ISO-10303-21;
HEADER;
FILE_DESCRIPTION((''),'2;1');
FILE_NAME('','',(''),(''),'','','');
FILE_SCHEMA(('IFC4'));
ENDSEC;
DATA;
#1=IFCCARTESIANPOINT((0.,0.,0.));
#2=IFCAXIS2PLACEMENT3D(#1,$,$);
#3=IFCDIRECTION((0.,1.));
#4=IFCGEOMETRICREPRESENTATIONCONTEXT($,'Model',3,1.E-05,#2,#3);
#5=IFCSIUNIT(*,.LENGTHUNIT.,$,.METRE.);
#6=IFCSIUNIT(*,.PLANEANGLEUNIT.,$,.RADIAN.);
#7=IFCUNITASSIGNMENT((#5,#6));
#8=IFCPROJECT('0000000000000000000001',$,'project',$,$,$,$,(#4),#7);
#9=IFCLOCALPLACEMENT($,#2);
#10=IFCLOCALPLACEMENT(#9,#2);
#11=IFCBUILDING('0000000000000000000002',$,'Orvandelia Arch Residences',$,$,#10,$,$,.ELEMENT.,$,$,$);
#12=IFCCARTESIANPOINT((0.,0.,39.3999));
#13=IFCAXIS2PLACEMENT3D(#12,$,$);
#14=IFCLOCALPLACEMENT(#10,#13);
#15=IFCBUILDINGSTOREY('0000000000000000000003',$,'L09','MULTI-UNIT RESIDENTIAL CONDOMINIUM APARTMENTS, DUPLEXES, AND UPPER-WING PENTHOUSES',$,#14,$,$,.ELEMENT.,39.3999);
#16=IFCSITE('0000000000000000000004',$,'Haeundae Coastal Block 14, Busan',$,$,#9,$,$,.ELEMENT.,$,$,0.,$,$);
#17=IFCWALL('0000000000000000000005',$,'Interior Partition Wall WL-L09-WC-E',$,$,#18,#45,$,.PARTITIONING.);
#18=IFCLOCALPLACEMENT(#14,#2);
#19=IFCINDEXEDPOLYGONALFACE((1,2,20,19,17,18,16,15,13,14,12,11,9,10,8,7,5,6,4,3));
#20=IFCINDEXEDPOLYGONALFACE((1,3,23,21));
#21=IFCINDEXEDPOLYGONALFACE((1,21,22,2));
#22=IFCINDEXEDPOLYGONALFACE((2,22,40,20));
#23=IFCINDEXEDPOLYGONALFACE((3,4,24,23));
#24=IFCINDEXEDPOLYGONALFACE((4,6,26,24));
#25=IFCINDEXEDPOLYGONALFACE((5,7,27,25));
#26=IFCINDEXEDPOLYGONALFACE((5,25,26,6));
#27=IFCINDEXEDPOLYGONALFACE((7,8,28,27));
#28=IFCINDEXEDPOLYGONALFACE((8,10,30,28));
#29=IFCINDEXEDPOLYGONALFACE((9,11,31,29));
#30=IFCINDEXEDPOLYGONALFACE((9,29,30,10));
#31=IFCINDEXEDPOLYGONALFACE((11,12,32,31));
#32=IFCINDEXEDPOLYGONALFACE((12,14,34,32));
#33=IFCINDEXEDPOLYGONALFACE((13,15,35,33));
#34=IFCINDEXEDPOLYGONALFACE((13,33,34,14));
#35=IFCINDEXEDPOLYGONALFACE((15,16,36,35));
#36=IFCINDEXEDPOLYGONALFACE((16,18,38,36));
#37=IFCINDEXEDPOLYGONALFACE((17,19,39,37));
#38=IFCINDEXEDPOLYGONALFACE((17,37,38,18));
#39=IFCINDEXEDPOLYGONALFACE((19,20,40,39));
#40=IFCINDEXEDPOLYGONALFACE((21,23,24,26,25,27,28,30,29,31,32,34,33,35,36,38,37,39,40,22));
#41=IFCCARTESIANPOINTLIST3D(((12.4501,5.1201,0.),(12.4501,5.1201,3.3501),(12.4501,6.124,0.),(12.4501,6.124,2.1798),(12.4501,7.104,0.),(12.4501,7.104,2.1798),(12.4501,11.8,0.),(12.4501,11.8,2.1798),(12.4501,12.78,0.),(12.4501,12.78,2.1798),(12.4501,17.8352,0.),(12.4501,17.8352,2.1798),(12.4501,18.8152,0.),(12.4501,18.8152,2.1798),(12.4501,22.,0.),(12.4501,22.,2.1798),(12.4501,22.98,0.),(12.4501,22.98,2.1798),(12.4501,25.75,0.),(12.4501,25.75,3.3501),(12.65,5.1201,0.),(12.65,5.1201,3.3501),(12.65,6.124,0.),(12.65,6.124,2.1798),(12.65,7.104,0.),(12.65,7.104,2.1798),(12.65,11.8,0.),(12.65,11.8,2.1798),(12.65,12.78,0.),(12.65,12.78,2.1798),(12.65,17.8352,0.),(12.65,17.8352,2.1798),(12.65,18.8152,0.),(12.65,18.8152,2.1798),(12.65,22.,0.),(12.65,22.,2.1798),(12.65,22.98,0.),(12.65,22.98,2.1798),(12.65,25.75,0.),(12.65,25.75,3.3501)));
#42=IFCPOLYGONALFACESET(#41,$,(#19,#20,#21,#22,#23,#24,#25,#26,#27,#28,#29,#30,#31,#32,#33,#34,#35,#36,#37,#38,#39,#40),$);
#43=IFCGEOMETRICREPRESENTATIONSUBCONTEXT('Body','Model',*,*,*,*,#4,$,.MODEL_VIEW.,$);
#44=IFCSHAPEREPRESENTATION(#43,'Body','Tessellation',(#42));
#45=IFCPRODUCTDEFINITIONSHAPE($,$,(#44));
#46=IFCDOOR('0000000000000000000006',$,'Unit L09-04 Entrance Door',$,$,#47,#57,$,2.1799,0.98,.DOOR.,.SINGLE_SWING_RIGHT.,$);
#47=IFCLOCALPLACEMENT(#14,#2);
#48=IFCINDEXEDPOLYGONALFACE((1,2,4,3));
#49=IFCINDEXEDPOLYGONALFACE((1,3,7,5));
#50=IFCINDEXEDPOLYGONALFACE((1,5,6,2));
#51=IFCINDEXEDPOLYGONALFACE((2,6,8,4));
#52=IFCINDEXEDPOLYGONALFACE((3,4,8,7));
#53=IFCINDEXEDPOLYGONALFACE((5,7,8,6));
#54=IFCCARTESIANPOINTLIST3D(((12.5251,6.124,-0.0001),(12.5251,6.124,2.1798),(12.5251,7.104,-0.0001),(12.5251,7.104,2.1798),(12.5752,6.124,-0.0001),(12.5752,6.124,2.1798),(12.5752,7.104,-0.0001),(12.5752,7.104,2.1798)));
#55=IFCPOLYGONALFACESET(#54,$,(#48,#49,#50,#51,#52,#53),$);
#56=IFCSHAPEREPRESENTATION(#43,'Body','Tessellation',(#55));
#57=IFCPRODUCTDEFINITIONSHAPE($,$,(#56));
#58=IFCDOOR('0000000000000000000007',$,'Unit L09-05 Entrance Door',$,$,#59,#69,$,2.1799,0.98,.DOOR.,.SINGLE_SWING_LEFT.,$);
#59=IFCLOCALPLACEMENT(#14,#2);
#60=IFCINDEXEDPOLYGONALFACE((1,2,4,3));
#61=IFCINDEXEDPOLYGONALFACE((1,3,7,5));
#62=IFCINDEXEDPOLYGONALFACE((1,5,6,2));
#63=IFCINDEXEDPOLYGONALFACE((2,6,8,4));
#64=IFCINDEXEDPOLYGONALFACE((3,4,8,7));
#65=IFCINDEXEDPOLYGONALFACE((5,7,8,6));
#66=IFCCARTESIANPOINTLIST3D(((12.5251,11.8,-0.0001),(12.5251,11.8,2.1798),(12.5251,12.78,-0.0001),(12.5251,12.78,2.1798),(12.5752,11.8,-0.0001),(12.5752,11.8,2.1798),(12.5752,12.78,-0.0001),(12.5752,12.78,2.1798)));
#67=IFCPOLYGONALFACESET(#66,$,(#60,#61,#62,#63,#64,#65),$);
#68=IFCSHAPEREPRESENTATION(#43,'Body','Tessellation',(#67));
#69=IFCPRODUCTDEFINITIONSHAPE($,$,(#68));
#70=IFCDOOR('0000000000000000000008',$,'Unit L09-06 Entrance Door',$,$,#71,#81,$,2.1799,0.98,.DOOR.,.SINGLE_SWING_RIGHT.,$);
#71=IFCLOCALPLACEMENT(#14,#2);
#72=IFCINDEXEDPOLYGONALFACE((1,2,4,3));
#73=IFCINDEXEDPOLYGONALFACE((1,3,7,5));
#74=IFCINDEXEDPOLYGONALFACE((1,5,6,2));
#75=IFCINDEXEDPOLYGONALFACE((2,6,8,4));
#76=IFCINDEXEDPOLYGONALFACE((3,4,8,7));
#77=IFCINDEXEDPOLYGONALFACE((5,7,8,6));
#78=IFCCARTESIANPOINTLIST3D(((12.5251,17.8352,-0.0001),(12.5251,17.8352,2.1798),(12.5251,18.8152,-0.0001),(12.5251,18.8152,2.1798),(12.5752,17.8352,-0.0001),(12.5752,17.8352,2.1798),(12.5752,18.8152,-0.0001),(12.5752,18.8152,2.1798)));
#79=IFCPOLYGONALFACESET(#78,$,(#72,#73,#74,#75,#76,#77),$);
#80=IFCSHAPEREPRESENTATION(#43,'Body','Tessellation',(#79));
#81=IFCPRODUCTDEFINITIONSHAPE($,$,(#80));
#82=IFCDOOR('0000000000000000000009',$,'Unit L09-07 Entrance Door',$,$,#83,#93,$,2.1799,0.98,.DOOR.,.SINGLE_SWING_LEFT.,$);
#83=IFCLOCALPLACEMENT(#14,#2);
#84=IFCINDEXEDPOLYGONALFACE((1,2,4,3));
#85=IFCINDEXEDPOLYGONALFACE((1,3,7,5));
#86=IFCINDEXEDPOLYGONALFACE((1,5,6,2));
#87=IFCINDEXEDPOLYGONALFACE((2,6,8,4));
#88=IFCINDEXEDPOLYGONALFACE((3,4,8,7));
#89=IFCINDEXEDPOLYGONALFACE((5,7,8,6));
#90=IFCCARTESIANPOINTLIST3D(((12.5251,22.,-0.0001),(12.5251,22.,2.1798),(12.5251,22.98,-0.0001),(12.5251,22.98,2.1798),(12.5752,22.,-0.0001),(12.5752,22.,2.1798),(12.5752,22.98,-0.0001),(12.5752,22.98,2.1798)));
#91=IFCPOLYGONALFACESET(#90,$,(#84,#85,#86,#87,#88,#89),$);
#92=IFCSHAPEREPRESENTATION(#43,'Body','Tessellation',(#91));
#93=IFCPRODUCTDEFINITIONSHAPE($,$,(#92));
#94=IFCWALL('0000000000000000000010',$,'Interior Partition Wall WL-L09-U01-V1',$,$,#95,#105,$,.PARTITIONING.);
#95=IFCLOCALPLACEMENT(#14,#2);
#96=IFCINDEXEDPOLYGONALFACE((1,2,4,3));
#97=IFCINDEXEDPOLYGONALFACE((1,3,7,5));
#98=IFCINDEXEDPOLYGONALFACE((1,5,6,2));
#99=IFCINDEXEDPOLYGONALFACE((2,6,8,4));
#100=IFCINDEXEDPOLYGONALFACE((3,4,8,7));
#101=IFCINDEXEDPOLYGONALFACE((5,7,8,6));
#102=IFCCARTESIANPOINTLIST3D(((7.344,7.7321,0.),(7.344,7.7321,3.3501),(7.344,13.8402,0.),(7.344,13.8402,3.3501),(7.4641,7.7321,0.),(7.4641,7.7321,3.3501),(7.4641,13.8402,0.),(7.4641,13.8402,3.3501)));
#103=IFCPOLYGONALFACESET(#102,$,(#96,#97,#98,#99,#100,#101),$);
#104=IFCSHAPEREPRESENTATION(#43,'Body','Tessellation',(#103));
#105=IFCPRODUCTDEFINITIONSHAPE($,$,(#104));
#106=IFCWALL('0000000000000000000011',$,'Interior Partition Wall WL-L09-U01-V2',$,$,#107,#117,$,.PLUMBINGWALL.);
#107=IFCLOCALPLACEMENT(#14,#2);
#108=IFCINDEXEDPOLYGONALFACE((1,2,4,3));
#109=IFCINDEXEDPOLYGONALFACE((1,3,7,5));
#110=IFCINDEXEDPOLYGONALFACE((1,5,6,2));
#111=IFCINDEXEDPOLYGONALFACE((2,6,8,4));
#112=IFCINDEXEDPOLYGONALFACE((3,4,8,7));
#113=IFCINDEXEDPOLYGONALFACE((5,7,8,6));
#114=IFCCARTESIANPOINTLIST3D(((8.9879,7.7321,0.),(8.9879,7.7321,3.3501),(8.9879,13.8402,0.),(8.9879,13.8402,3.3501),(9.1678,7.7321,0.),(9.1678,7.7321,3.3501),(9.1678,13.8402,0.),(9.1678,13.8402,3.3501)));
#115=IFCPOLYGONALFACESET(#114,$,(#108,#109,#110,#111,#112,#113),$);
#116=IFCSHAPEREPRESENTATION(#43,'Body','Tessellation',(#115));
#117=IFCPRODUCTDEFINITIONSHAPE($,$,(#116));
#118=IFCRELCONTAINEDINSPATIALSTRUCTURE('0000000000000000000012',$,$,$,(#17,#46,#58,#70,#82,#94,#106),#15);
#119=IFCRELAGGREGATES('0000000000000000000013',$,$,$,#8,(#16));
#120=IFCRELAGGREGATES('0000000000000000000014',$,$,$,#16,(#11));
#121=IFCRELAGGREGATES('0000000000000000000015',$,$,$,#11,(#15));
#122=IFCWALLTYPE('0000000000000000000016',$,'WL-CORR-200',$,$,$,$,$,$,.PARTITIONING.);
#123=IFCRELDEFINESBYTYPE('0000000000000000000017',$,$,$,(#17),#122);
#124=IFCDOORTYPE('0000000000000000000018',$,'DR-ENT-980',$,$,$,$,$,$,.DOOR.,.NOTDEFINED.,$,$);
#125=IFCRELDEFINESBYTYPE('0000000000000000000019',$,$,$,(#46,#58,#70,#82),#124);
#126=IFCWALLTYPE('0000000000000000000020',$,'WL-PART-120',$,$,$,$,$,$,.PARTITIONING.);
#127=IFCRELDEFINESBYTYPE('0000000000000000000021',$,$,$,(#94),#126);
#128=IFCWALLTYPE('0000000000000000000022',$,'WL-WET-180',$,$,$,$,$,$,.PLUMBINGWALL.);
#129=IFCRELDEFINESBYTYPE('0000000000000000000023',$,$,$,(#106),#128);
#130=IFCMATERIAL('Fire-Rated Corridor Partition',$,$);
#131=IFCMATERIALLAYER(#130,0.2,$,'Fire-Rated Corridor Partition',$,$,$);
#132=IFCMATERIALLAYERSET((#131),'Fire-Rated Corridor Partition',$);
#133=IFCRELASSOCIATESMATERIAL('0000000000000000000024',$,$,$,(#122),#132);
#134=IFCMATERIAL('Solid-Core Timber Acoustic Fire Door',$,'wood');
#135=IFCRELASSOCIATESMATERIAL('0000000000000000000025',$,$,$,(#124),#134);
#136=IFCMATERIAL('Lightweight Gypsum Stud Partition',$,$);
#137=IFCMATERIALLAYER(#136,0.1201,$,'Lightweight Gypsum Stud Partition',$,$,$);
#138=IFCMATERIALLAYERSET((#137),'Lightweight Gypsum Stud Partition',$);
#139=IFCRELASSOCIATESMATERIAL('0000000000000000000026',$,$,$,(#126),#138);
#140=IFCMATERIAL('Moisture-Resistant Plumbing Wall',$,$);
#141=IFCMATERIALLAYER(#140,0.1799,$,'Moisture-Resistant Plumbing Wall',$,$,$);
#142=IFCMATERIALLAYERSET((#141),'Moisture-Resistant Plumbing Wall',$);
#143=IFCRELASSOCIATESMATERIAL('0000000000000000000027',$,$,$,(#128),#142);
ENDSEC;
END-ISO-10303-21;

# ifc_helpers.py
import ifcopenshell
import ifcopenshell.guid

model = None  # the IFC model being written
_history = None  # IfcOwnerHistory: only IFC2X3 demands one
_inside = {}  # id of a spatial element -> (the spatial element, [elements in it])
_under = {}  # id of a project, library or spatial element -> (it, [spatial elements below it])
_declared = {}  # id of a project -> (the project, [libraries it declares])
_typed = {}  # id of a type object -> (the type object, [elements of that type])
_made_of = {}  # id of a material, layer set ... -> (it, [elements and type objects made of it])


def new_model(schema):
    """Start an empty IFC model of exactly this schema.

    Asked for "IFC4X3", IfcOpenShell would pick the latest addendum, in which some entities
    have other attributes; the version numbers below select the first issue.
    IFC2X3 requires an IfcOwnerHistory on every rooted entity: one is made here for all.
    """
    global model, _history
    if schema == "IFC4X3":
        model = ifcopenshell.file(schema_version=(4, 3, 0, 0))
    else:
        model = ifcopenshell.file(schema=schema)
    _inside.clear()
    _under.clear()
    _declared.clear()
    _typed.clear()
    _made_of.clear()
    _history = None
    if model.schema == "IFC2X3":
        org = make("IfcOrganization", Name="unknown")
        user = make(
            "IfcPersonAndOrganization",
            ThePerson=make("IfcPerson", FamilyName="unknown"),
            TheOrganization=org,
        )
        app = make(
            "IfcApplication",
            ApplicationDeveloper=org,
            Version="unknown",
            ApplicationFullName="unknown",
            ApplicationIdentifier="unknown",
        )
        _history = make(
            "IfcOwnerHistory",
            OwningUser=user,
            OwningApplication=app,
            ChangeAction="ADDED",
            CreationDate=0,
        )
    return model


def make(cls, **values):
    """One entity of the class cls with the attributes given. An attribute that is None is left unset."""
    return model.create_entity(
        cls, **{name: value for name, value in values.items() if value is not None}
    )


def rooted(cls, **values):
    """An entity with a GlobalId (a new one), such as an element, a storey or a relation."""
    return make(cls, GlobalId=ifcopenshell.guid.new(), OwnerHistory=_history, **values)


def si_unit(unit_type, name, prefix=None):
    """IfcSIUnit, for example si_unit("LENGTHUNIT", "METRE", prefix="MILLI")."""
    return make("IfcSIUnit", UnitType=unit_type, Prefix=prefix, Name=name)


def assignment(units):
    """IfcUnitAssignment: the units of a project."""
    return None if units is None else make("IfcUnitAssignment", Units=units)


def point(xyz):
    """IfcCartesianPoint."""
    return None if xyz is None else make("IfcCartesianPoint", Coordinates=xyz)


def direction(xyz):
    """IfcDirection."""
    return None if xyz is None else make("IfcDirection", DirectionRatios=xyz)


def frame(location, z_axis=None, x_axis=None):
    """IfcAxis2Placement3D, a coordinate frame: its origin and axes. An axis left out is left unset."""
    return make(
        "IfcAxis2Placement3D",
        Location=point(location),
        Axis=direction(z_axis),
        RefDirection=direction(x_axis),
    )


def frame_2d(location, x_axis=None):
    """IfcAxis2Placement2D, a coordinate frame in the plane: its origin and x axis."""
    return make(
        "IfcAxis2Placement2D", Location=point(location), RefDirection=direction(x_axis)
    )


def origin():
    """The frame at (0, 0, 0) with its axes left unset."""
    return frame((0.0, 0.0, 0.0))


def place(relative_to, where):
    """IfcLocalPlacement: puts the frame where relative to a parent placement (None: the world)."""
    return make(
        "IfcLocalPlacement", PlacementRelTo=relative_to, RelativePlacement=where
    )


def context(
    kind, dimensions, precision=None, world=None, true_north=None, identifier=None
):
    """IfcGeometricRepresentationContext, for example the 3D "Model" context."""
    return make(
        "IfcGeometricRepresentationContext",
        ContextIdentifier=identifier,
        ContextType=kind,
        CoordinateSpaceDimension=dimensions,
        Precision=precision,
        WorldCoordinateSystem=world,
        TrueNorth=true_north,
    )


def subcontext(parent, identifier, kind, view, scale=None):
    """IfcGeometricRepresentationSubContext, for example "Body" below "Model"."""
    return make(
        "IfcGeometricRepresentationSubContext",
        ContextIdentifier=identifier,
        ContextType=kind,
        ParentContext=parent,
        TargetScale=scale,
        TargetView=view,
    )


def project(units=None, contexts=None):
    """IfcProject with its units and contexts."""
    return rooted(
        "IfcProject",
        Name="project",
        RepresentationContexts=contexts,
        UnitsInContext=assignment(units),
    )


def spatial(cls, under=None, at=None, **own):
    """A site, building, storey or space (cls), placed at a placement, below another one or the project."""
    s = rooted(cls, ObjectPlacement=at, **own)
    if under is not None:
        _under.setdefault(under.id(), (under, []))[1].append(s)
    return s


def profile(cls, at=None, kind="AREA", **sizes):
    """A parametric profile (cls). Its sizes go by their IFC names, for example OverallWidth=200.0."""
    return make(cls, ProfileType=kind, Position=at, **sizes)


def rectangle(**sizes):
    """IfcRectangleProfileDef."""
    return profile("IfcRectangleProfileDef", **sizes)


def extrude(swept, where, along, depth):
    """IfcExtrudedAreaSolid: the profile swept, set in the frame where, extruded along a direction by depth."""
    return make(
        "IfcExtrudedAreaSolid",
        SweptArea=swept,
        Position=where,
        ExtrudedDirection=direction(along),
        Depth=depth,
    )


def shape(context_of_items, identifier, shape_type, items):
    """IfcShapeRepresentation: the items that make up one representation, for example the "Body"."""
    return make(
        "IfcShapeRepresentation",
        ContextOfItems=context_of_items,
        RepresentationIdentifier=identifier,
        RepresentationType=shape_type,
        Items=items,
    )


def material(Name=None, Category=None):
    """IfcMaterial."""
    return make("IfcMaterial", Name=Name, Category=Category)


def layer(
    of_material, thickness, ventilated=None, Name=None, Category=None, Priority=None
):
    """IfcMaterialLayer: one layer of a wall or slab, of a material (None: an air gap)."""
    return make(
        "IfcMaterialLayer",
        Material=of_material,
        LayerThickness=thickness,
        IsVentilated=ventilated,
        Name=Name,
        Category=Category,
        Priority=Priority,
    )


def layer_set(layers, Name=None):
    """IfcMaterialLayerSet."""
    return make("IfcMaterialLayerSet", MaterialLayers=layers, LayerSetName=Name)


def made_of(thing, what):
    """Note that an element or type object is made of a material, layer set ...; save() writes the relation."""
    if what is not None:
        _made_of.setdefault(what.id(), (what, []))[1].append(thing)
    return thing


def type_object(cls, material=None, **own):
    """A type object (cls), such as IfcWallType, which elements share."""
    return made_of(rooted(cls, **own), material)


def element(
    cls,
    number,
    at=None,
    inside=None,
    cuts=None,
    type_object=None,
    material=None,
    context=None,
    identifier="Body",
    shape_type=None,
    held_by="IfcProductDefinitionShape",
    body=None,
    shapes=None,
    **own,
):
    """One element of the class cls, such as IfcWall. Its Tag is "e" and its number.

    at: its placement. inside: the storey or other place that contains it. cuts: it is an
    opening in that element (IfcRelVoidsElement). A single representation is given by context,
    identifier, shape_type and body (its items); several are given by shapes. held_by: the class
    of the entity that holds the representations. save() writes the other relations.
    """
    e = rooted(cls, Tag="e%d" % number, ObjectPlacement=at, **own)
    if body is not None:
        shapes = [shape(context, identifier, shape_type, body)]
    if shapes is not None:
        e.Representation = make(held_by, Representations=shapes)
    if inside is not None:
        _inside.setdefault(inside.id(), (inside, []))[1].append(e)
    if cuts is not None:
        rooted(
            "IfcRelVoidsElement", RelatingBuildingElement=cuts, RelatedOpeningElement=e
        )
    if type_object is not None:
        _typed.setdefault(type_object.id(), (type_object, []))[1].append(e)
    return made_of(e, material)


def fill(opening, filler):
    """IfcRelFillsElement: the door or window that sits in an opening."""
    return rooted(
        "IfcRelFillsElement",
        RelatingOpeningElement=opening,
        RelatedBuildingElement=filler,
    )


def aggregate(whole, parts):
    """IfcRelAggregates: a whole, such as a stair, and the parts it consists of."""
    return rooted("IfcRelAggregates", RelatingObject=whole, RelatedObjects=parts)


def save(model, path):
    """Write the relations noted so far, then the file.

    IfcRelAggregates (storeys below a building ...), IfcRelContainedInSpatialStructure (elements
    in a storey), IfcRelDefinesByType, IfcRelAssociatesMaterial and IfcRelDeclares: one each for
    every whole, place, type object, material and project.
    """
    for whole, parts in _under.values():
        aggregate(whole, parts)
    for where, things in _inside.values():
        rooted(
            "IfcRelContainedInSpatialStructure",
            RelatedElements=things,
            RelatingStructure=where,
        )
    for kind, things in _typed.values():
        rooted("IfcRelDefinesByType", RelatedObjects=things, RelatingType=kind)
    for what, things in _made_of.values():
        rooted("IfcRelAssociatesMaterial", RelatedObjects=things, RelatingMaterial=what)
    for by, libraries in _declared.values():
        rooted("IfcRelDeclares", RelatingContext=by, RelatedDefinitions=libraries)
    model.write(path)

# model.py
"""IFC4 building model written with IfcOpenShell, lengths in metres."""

from ifc_helpers import new_model, si_unit, direction, frame, frame_2d, origin, place, context, subcontext, project, spatial, rectangle, extrude, material, layer, layer_set, type_object, element, fill, save


model = new_model("IFC4")

# Units and contexts
model_context = context("Model", 3, precision=1e-05, world=origin(), true_north=direction((0.0, 1.0)))
body_context = subcontext(model_context, "Body", "Model", "MODEL_VIEW")
ifc_project = project(units=[si_unit("LENGTHUNIT", "METRE"), si_unit("PLANEANGLEUNIT", "RADIAN")], contexts=[model_context])

# Site, building, storey
site_placement = place(None, origin())
site = spatial("IfcSite", under=ifc_project, at=site_placement, Name="Haeundae Coastal Block 14, Busan", CompositionType="ELEMENT", RefElevation=0.0)
building_placement = place(site_placement, origin())
building = spatial("IfcBuilding", under=site, at=building_placement, Name="Orvandelia Arch Residences", CompositionType="ELEMENT")
storey_placement = place(building_placement, frame((0.0, 0.0, 39.3999)))
storey = spatial("IfcBuildingStorey", under=building, at=storey_placement, Name="L09", Description="MULTI-UNIT RESIDENTIAL CONDOMINIUM APARTMENTS, DUPLEXES, AND UPPER-WING PENTHOUSES", CompositionType="ELEMENT", Elevation=39.3999)

# Wall, openings, doors
ifc_material_1 = material(Name="Fire-Rated Corridor Partition")
ifc_layer_1 = layer(ifc_material_1, 0.2, Name="Fire-Rated Corridor Partition")
ifc_layer_set_1 = layer_set([ifc_layer_1], Name="Fire-Rated Corridor Partition")
wall_type_1 = type_object("IfcWallType", Name="WL-CORR-200", PredefinedType="PARTITIONING", material=ifc_layer_set_1)
ifc_material_2 = material(Name="Solid-Core Timber Acoustic Fire Door", Category="wood")
door_type_1 = type_object("IfcDoorType", Name="DR-ENT-980", OperationType="NOTDEFINED", PredefinedType="DOOR", material=ifc_material_2)
wall_1_placement = place(storey_placement, frame((12.55, 5.1201, 0.0), z_axis=(0.0, 0.0, 1.0), x_axis=(0.0, 1.0, 0.0)))
wall_1 = element("IfcWall", 1, at=wall_1_placement, inside=storey, type_object=wall_type_1, Name="Interior Partition Wall WL-L09-WC-E", PredefinedType="PARTITIONING", context=body_context, shape_type="SweptSolid", body=[
    extrude(rectangle(XDim=20.6299, YDim=0.2, at=frame_2d((10.3149, 0.0))), origin(), (0.0, 0.0, 1.0), 3.3501),
])
opening_1_placement = place(wall_1_placement, frame((1.0039, 0.0, 0.0)))
opening_1 = element("IfcOpeningElement", 2, at=opening_1_placement, cuts=wall_1, PredefinedType="OPENING", context=body_context, shape_type="SweptSolid", body=[
    extrude(rectangle(XDim=0.98, YDim=2.1799, at=frame_2d((0.49, 1.0898))), frame((0.0, 0.1099, 0.0), z_axis=(0.0, -1.0, 0.0), x_axis=(1.0, 0.0, 0.0)), (0.0, 0.0, 1.0), 0.22),
])
opening_2_placement = place(wall_1_placement, frame((6.6799, 0.0, 0.0)))
opening_2 = element("IfcOpeningElement", 3, at=opening_2_placement, cuts=wall_1, PredefinedType="OPENING", context=body_context, shape_type="SweptSolid", body=[
    extrude(rectangle(XDim=0.98, YDim=2.1799, at=frame_2d((0.49, 1.0898))), frame((0.0, 0.1099, 0.0), z_axis=(0.0, -1.0, 0.0), x_axis=(1.0, 0.0, 0.0)), (0.0, 0.0, 1.0), 0.22),
])
opening_3_placement = place(wall_1_placement, frame((12.7151, 0.0, 0.0)))
opening_3 = element("IfcOpeningElement", 4, at=opening_3_placement, cuts=wall_1, PredefinedType="OPENING", context=body_context, shape_type="SweptSolid", body=[
    extrude(rectangle(XDim=0.98, YDim=2.1799, at=frame_2d((0.49, 1.0898))), frame((0.0, 0.1099, 0.0), z_axis=(0.0, -1.0, 0.0), x_axis=(1.0, 0.0, 0.0)), (0.0, 0.0, 1.0), 0.22),
])
opening_4_placement = place(wall_1_placement, frame((16.8799, 0.0, 0.0)))
opening_4 = element("IfcOpeningElement", 5, at=opening_4_placement, cuts=wall_1, PredefinedType="OPENING", context=body_context, shape_type="SweptSolid", body=[
    extrude(rectangle(XDim=0.98, YDim=2.1799, at=frame_2d((0.49, 1.0898))), frame((0.0, 0.1099, 0.0), z_axis=(0.0, -1.0, 0.0), x_axis=(1.0, 0.0, 0.0)), (0.0, 0.0, 1.0), 0.22),
])
door_1_placement = place(opening_1_placement, origin())
door_1 = element("IfcDoor", 6, at=door_1_placement, inside=storey, type_object=door_type_1, Name="Unit L09-04 Entrance Door", OperationType="SINGLE_SWING_RIGHT", OverallHeight=2.1799, OverallWidth=0.98, PredefinedType="DOOR", context=body_context, shape_type="SweptSolid", body=[
    extrude(rectangle(XDim=0.98, YDim=2.1799, at=frame_2d((0.49, 1.0898))), frame((0.0, 0.0249, 0.0), z_axis=(0.0, -1.0, 0.0), x_axis=(1.0, 0.0, 0.0)), (0.0, 0.0, 1.0), 0.05),
])
fill(opening_1, door_1)
door_2_placement = place(opening_2_placement, origin())
door_2 = element("IfcDoor", 7, at=door_2_placement, inside=storey, type_object=door_type_1, Name="Unit L09-05 Entrance Door", OperationType="SINGLE_SWING_LEFT", OverallHeight=2.1799, OverallWidth=0.98, PredefinedType="DOOR", context=body_context, shape_type="SweptSolid", body=[
    extrude(rectangle(XDim=0.98, YDim=2.1799, at=frame_2d((0.49, 1.0898))), frame((0.0, 0.0249, 0.0), z_axis=(0.0, -1.0, 0.0), x_axis=(1.0, 0.0, 0.0)), (0.0, 0.0, 1.0), 0.05),
])
fill(opening_2, door_2)
door_3_placement = place(opening_3_placement, origin())
door_3 = element("IfcDoor", 8, at=door_3_placement, inside=storey, type_object=door_type_1, Name="Unit L09-06 Entrance Door", OperationType="SINGLE_SWING_RIGHT", OverallHeight=2.1799, OverallWidth=0.98, PredefinedType="DOOR", context=body_context, shape_type="SweptSolid", body=[
    extrude(rectangle(XDim=0.98, YDim=2.1799, at=frame_2d((0.49, 1.0898))), frame((0.0, 0.0249, 0.0), z_axis=(0.0, -1.0, 0.0), x_axis=(1.0, 0.0, 0.0)), (0.0, 0.0, 1.0), 0.05),
])
fill(opening_3, door_3)
door_4_placement = place(opening_4_placement, origin())
door_4 = element("IfcDoor", 9, at=door_4_placement, inside=storey, type_object=door_type_1, Name="Unit L09-07 Entrance Door", OperationType="SINGLE_SWING_LEFT", OverallHeight=2.1799, OverallWidth=0.98, PredefinedType="DOOR", context=body_context, shape_type="SweptSolid", body=[
    extrude(rectangle(XDim=0.98, YDim=2.1799, at=frame_2d((0.49, 1.0898))), frame((0.0, 0.0249, 0.0), z_axis=(0.0, -1.0, 0.0), x_axis=(1.0, 0.0, 0.0)), (0.0, 0.0, 1.0), 0.05),
])
fill(opening_4, door_4)

# Walls
ifc_material_3 = material(Name="Lightweight Gypsum Stud Partition")
ifc_layer_2 = layer(ifc_material_3, 0.1201, Name="Lightweight Gypsum Stud Partition")
ifc_layer_set_2 = layer_set([ifc_layer_2], Name="Lightweight Gypsum Stud Partition")
wall_type_2 = type_object("IfcWallType", Name="WL-PART-120", PredefinedType="PARTITIONING", material=ifc_layer_set_2)
wall_2_placement = place(storey_placement, frame((7.4041, 7.7319, 0.0), z_axis=(0.0, 0.0, 1.0), x_axis=(0.0, 1.0, 0.0)))
element("IfcWall", 10, at=wall_2_placement, inside=storey, type_object=wall_type_2, Name="Interior Partition Wall WL-L09-U01-V1", PredefinedType="PARTITIONING", context=body_context, shape_type="SweptSolid", body=[
    extrude(rectangle(XDim=6.1082, YDim=0.1201, at=frame_2d((3.0542, 0.0))), origin(), (0.0, 0.0, 1.0), 3.3501),
])
ifc_material_4 = material(Name="Moisture-Resistant Plumbing Wall")
ifc_layer_3 = layer(ifc_material_4, 0.1799, Name="Moisture-Resistant Plumbing Wall")
ifc_layer_set_3 = layer_set([ifc_layer_3], Name="Moisture-Resistant Plumbing Wall")
wall_type_3 = type_object("IfcWallType", Name="WL-WET-180", PredefinedType="PLUMBINGWALL", material=ifc_layer_set_3)
wall_3_placement = place(storey_placement, frame((9.0779, 7.7319, 0.0), z_axis=(0.0, 0.0, 1.0), x_axis=(0.0, 1.0, 0.0)))
element("IfcWall", 11, at=wall_3_placement, inside=storey, type_object=wall_type_3, Name="Interior Partition Wall WL-L09-U01-V2", PredefinedType="PLUMBINGWALL", context=body_context, shape_type="SweptSolid", body=[
    extrude(rectangle(XDim=6.1082, YDim=0.1799, at=frame_2d((3.0542, 0.0))), origin(), (0.0, 0.0, 1.0), 3.3501),
])

save(model, "model.ifc")
